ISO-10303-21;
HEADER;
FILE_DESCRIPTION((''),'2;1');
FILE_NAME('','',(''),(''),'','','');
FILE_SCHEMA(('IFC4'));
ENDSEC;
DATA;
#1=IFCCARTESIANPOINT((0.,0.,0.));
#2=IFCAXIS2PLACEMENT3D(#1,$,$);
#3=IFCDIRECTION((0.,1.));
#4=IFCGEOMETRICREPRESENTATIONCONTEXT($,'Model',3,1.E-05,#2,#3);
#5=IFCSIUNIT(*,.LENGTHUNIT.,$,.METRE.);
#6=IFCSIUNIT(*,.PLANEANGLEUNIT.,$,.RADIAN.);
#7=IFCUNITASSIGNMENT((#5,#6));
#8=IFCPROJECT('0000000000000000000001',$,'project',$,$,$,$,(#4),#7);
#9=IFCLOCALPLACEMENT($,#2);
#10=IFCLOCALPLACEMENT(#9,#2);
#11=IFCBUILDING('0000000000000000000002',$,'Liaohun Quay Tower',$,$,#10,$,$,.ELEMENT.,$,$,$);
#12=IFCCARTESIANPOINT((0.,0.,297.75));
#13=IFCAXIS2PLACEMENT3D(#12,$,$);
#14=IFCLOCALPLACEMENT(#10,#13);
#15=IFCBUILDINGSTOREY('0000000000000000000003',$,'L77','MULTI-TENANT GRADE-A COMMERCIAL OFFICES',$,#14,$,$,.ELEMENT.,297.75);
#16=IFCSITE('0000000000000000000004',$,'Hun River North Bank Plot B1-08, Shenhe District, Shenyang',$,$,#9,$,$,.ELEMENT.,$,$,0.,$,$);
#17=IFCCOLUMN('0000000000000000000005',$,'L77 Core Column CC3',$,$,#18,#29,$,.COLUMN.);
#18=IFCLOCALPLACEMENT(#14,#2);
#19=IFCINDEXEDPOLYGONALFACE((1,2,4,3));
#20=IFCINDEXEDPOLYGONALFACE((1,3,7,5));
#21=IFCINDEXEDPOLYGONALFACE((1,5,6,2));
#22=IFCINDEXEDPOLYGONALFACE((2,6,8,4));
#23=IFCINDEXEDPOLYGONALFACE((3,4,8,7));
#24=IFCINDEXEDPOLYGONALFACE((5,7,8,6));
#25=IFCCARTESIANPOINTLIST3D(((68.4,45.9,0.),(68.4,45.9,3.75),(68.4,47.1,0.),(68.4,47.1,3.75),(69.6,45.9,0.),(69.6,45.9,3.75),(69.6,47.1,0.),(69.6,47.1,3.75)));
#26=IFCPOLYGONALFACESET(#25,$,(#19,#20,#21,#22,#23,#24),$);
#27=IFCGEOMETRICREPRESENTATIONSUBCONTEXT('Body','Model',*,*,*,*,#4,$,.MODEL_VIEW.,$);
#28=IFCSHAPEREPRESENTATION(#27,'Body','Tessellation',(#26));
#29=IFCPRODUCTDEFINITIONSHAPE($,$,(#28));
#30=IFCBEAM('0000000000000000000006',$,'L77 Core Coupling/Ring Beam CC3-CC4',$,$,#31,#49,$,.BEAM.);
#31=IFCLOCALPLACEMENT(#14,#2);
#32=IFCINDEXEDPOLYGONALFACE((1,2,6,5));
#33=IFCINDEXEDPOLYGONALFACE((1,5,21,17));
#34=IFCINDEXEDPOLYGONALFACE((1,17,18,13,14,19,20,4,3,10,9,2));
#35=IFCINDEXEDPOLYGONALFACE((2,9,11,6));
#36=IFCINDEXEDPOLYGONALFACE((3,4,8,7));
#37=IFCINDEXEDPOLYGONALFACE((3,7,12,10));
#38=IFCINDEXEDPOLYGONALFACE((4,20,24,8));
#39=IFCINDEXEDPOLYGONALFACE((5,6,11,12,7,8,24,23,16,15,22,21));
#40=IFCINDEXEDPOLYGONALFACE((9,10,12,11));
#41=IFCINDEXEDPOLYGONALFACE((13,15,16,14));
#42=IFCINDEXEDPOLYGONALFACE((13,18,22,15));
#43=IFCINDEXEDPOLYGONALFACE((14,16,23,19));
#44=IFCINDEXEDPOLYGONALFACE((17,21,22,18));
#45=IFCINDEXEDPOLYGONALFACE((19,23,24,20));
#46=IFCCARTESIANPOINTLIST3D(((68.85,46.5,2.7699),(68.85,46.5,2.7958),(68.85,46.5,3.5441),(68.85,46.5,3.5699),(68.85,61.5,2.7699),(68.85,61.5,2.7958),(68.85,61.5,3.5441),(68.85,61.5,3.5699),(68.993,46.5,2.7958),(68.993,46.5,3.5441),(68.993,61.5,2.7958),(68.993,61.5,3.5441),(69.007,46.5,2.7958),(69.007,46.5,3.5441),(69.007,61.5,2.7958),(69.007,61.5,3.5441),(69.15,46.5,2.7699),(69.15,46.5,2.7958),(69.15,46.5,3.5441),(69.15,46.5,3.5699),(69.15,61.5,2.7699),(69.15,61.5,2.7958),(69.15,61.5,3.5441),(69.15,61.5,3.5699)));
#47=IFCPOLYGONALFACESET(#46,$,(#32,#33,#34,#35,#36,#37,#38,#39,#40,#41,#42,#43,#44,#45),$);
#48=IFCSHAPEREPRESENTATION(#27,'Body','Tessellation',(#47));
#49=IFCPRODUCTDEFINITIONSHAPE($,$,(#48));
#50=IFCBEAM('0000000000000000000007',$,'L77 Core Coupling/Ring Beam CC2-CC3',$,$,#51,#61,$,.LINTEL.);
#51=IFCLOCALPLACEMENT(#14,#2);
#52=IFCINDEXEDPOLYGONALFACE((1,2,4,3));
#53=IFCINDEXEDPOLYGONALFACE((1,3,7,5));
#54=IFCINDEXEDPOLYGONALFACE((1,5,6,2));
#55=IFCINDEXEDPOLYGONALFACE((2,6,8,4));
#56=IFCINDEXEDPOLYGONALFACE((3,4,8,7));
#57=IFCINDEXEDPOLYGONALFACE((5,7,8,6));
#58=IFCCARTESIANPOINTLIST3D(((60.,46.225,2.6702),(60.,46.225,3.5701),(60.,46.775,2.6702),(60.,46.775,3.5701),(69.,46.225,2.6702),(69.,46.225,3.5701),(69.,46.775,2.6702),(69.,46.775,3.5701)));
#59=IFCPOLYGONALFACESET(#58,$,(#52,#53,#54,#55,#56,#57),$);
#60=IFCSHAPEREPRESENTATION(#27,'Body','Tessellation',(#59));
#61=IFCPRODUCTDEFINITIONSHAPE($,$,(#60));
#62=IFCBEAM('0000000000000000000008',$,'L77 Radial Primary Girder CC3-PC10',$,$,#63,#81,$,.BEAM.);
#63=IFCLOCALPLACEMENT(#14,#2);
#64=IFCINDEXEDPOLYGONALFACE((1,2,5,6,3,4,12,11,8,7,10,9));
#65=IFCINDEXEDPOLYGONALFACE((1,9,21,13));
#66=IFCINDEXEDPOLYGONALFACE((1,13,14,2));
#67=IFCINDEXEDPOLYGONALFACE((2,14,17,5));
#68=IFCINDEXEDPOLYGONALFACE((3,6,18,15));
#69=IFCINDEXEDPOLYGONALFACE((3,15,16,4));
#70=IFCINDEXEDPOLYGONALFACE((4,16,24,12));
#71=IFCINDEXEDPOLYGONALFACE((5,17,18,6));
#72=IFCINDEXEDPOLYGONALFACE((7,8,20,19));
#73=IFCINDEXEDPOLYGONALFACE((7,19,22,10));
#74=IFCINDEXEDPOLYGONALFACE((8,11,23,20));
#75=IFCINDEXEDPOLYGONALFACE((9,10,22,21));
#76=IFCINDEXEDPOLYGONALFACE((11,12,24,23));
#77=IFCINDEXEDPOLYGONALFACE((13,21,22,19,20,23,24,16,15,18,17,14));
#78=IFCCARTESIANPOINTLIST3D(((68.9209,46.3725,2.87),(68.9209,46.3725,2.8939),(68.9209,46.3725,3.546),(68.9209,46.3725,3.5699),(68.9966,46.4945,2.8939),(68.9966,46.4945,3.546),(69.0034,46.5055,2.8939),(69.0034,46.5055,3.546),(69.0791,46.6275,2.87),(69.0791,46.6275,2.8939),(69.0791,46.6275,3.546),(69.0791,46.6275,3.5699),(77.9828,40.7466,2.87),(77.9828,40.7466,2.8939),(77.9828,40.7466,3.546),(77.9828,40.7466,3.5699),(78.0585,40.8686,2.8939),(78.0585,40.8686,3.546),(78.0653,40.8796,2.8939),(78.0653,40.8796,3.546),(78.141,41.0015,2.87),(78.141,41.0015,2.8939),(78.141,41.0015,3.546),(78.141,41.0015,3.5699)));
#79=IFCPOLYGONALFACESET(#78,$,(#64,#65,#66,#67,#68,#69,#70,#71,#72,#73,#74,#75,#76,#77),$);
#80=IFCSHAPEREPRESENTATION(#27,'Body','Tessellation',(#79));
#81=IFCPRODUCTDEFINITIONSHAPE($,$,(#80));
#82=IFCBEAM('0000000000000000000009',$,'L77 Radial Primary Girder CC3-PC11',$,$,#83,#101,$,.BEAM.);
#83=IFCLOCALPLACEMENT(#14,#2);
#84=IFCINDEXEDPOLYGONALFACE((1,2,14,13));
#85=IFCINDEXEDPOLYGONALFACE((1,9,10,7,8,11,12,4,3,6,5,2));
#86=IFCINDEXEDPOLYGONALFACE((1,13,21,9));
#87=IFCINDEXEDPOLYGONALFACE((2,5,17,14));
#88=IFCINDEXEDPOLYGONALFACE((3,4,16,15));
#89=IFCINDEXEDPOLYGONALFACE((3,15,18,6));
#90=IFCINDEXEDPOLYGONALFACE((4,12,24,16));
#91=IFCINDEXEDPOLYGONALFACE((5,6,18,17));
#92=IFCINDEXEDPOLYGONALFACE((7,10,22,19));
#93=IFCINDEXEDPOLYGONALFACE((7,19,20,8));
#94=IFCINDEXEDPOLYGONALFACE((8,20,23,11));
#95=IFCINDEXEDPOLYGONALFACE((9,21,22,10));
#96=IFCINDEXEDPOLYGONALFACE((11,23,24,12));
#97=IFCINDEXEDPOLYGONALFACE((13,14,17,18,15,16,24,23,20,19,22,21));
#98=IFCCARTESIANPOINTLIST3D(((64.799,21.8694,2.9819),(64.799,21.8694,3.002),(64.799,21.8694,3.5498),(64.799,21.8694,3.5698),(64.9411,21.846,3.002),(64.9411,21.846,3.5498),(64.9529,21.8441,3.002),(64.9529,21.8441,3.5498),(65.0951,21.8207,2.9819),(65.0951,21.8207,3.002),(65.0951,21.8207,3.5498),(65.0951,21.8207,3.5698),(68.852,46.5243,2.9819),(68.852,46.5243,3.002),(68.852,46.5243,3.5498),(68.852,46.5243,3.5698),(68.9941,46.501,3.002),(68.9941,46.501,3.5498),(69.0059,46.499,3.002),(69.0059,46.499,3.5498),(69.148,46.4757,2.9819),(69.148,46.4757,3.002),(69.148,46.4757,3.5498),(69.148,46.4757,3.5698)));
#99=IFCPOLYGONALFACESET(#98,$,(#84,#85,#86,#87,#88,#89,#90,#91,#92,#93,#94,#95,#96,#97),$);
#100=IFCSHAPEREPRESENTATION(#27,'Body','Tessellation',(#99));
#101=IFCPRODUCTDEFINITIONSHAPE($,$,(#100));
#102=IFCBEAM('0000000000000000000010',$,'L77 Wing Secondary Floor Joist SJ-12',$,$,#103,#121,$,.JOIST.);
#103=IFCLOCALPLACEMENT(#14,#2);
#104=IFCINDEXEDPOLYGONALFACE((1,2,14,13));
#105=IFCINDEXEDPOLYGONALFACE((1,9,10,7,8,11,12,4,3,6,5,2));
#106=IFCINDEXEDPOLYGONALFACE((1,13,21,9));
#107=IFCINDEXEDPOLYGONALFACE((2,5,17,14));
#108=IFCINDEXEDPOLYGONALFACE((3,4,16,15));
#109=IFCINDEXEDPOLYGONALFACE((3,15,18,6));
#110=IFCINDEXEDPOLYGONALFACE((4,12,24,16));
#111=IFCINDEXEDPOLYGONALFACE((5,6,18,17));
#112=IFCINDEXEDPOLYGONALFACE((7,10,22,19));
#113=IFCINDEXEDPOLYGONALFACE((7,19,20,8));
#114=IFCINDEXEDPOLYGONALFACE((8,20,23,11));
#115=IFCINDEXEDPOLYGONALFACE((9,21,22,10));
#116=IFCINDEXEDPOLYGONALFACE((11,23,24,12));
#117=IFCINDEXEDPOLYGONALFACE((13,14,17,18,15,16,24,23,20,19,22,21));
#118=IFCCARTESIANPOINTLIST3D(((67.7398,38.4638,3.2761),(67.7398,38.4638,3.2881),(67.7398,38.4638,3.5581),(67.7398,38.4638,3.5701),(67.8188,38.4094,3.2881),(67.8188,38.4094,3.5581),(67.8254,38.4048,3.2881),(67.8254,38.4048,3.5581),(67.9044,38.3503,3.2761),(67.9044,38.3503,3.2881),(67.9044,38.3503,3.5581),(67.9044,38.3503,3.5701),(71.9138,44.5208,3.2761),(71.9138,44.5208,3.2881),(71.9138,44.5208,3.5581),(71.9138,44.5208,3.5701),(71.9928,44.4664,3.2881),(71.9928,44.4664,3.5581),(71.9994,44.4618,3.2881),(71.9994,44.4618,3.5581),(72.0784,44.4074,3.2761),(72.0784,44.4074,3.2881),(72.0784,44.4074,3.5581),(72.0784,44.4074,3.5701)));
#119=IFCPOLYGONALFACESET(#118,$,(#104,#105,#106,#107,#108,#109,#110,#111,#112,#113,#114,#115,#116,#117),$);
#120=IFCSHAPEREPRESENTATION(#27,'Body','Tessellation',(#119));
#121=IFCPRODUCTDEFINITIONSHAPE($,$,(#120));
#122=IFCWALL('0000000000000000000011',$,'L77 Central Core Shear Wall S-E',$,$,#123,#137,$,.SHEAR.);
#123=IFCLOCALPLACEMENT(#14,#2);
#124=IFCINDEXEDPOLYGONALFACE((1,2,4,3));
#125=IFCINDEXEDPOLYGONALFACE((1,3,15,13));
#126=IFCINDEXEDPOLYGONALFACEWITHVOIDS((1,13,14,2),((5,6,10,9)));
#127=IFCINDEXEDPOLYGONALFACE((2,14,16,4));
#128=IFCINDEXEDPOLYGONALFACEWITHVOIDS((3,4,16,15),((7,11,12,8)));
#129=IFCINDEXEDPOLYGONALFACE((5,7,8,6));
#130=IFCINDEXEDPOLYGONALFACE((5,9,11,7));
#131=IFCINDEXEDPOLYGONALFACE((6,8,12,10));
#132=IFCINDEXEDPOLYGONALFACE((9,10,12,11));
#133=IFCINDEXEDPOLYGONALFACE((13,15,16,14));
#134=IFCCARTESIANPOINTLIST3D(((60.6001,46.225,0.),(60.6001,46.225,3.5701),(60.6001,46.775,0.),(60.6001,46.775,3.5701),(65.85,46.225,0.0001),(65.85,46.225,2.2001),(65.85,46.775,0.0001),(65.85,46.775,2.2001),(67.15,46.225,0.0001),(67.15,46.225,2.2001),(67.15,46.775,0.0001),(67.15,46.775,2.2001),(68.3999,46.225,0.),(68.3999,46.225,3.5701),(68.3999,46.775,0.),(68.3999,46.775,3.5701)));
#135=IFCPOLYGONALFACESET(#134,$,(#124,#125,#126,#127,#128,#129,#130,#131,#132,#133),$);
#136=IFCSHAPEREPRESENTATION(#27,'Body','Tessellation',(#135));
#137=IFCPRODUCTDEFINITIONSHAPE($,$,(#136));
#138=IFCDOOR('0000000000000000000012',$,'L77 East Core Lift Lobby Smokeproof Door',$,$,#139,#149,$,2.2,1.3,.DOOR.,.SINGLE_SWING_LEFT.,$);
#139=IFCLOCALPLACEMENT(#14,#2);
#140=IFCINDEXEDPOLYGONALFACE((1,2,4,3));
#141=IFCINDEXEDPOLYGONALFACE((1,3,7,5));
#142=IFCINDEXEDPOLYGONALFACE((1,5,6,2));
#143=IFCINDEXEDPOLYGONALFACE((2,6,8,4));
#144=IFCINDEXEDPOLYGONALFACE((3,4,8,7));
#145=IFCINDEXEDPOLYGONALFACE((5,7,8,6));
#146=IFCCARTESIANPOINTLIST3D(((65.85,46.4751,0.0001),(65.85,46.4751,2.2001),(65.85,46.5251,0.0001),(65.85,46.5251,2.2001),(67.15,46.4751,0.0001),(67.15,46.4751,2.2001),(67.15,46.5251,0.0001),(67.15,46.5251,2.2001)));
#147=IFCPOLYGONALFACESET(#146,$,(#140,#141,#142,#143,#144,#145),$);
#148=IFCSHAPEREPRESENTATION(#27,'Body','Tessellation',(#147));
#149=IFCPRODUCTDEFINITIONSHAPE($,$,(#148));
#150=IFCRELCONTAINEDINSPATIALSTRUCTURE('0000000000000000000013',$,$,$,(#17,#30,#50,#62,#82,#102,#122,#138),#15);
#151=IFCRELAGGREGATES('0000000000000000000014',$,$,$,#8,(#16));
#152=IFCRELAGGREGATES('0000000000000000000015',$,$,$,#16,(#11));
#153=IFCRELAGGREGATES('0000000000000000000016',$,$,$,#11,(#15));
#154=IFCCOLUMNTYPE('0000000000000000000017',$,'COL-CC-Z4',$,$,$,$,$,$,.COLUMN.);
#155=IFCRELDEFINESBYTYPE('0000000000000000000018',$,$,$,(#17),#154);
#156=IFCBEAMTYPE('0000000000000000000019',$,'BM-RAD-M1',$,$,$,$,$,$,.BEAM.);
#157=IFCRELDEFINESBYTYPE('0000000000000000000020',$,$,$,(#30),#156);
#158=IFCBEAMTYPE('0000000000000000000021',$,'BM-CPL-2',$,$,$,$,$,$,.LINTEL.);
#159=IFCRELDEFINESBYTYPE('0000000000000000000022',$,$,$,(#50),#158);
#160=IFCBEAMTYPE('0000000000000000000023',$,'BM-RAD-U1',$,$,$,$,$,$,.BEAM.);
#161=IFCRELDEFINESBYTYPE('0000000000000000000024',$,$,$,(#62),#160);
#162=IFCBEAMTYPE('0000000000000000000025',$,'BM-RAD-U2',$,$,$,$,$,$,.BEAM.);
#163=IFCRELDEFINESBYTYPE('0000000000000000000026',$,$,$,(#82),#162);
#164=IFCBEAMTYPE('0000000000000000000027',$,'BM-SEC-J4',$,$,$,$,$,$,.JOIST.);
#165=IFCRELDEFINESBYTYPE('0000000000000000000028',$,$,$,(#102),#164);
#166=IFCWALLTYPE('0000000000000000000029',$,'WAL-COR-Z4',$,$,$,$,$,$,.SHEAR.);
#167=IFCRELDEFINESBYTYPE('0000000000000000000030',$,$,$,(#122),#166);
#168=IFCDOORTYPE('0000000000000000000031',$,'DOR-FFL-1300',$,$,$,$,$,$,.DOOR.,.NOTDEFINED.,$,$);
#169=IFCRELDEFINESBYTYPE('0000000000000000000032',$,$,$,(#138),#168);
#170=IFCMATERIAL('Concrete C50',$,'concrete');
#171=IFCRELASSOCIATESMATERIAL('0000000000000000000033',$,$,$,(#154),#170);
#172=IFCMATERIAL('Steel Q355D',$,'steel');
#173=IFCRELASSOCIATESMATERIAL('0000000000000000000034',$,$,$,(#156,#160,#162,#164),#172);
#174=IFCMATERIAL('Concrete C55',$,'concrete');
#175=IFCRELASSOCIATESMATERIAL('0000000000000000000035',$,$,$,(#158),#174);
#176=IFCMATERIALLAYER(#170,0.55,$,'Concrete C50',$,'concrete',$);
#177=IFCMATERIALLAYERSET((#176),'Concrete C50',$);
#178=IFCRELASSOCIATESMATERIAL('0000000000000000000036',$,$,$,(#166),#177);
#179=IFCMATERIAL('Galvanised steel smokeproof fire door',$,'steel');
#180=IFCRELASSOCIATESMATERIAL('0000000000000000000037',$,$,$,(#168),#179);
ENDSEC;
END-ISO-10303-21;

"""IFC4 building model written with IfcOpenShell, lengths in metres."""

from ifc_helpers import new_model, si_unit, direction, frame, frame_2d, origin, origin_2d, place, context, subcontext, project, spatial, rectangle, i_section, extrude, source, transform, mapped, material, layer, layer_set, material_profile, profile_set, type_object, element, fill, save


model = new_model("IFC4")

# Units and contexts
model_context = context("Model", 3, precision=1e-05, world=origin(), true_north=direction((0.0, 1.0)))
body_context = subcontext(model_context, "Body", "Model", "MODEL_VIEW")
ifc_project = project(units=[si_unit("LENGTHUNIT", "METRE"), si_unit("PLANEANGLEUNIT", "RADIAN")], contexts=[model_context])

# Site, building, storey
site_placement = place(None, origin())
site = spatial("IfcSite", under=ifc_project, at=site_placement, Name="Hun River North Bank Plot B1-08, Shenhe District, Shenyang", CompositionType="ELEMENT", RefElevation=0.0)
building_placement = place(site_placement, origin())
building = spatial("IfcBuilding", under=site, at=building_placement, Name="Liaohun Quay Tower", CompositionType="ELEMENT")
storey_placement = place(building_placement, frame((0.0, 0.0, 297.75)))
storey = spatial("IfcBuildingStorey", under=building, at=storey_placement, Name="L77", Description="MULTI-TENANT GRADE-A COMMERCIAL OFFICES", CompositionType="ELEMENT", Elevation=297.75)

# Column
ifc_material_1 = material(Name="Concrete C50", Category="concrete")
ifc_material_profile_1 = material_profile(ifc_material_1, rectangle(XDim=1.2, YDim=1.2, at=origin_2d()), Name="RC1200x1200")
ifc_profile_set_1 = profile_set([ifc_material_profile_1], Name="Concrete C50")
column_type = type_object("IfcColumnType", Name="COL-CC-Z4", PredefinedType="COLUMN", material=ifc_profile_set_1)
shared_shape_1 = source(origin(), body_context, "Body", "SweptSolid", [
    extrude(rectangle(XDim=1.2, YDim=1.2, at=origin_2d()), origin(), (0.0, 0.0, 1.0), 3.75),
])
column_placement = place(storey_placement, frame((69.0, 46.5, 0.0), z_axis=(0.0, 0.0, 1.0), x_axis=(1.0, 0.0, 0.0)))
element("IfcColumn", 1, at=column_placement, inside=storey, type_object=column_type, Name="L77 Core Column CC3", PredefinedType="COLUMN", context=body_context, shape_type="MappedRepresentation", body=[
    mapped(shared_shape_1, transform((0.0, 0.0, 0.0), x_axis=(1.0, 0.0, 0.0), y_axis=(0.0, 1.0, 0.0), z_axis=(0.0, 0.0, 1.0), scale=1.0)),
])

# Beams
ifc_material_2 = material(Name="Steel Q355D", Category="steel")
ifc_material_profile_2 = material_profile(ifc_material_2, i_section(OverallWidth=0.3, OverallDepth=0.8, WebThickness=0.0139, FlangeThickness=0.0259, at=origin_2d()), Name="HN800x300x14x26")
ifc_profile_set_2 = profile_set([ifc_material_profile_2], Name="Steel Q355D")
beam_type_1 = type_object("IfcBeamType", Name="BM-RAD-M1", PredefinedType="BEAM", material=ifc_profile_set_2)
shared_shape_2 = source(origin(), body_context, "Body", "SweptSolid", [
    extrude(i_section(OverallWidth=0.3, OverallDepth=0.8, WebThickness=0.0139, FlangeThickness=0.0259, at=origin_2d()), origin(), (0.0, 0.0, 1.0), 15.0),
])
beam_1_placement = place(storey_placement, frame((69.0, 46.5, 3.1699), z_axis=(0.0, 1.0, 0.0), x_axis=(-1.0, 0.0, 0.0)))
element("IfcBeam", 2, at=beam_1_placement, inside=storey, type_object=beam_type_1, Name="L77 Core Coupling/Ring Beam CC3-CC4", PredefinedType="BEAM", context=body_context, shape_type="MappedRepresentation", body=[
    mapped(shared_shape_2, transform((0.0, 0.0, 0.0), x_axis=(1.0, 0.0, 0.0), y_axis=(0.0, 1.0, 0.0), z_axis=(0.0, 0.0, 1.0), scale=1.0)),
])
ifc_material_3 = material(Name="Concrete C55", Category="concrete")
ifc_material_profile_3 = material_profile(ifc_material_3, rectangle(XDim=0.55, YDim=0.8999, at=origin_2d()), Name="RC550x900")
ifc_profile_set_3 = profile_set([ifc_material_profile_3], Name="Concrete C55")
beam_type_2 = type_object("IfcBeamType", Name="BM-CPL-2", PredefinedType="LINTEL", material=ifc_profile_set_3)
shared_shape_3 = source(origin(), body_context, "Body", "SweptSolid", [
    extrude(rectangle(XDim=0.55, YDim=0.8999, at=origin_2d()), origin(), (0.0, 0.0, 1.0), 9.0),
])
beam_2_placement = place(storey_placement, frame((60.0, 46.5, 3.1201), z_axis=(1.0, 0.0, 0.0), x_axis=(0.0, 1.0, 0.0)))
element("IfcBeam", 3, at=beam_2_placement, inside=storey, type_object=beam_type_2, Name="L77 Core Coupling/Ring Beam CC2-CC3", PredefinedType="LINTEL", context=body_context, shape_type="MappedRepresentation", body=[
    mapped(shared_shape_3, transform((0.0, 0.0, 0.0), x_axis=(1.0, 0.0, 0.0), y_axis=(0.0, 1.0, 0.0), z_axis=(0.0, 0.0, 1.0), scale=1.0)),
])
ifc_material_profile_4 = material_profile(ifc_material_2, i_section(OverallWidth=0.3, OverallDepth=0.7, WebThickness=0.0129, FlangeThickness=0.0239, at=origin_2d()), Name="HN700x300x13x24")
ifc_profile_set_4 = profile_set([ifc_material_profile_4], Name="Steel Q355D")
beam_type_3 = type_object("IfcBeamType", Name="BM-RAD-U1", PredefinedType="BEAM", material=ifc_profile_set_4)
shared_shape_4 = source(origin(), body_context, "Body", "SweptSolid", [
    extrude(i_section(OverallWidth=0.3, OverallDepth=0.7, WebThickness=0.0129, FlangeThickness=0.0239, at=origin_2d()), origin(), (0.0, 0.0, 1.0), 10.6663),
])
beam_3_placement = place(storey_placement, frame((69.0, 46.5, 3.22), z_axis=(0.849586, -0.527449, 0.0), x_axis=(0.527449, 0.849586, 0.0)))
element("IfcBeam", 4, at=beam_3_placement, inside=storey, type_object=beam_type_3, Name="L77 Radial Primary Girder CC3-PC10", PredefinedType="BEAM", context=body_context, shape_type="MappedRepresentation", body=[
    mapped(shared_shape_4, transform((0.0, 0.0, 0.0), x_axis=(1.0, 0.0, 0.0), y_axis=(0.0, 1.0, 0.0), z_axis=(0.0, 0.0, 1.0), scale=1.0)),
])
ifc_material_profile_5 = material_profile(ifc_material_2, i_section(OverallWidth=0.3, OverallDepth=0.5879, WebThickness=0.012, FlangeThickness=0.02, at=origin_2d()), Name="HM588x300x12x20")
ifc_profile_set_5 = profile_set([ifc_material_profile_5], Name="Steel Q355D")
beam_type_4 = type_object("IfcBeamType", Name="BM-RAD-U2", PredefinedType="BEAM", material=ifc_profile_set_5)
shared_shape_5 = source(origin(), body_context, "Body", "SweptSolid", [
    extrude(i_section(OverallWidth=0.3, OverallDepth=0.5879, WebThickness=0.012, FlangeThickness=0.02, at=origin_2d()), origin(), (0.0, 0.0, 1.0), 24.9858),
])
beam_4_placement = place(storey_placement, frame((69.0, 46.5, 3.2759), z_axis=(-0.16221, -0.986756, 0.0), x_axis=(0.986756, -0.16221, 0.0)))
element("IfcBeam", 5, at=beam_4_placement, inside=storey, type_object=beam_type_4, Name="L77 Radial Primary Girder CC3-PC11", PredefinedType="BEAM", context=body_context, shape_type="MappedRepresentation", body=[
    mapped(shared_shape_5, transform((0.0, 0.0, 0.0), x_axis=(1.0, 0.0, 0.0), y_axis=(0.0, 1.0, 0.0), z_axis=(0.0, 0.0, 1.0), scale=1.0)),
])
ifc_material_profile_6 = material_profile(ifc_material_2, i_section(OverallWidth=0.2, OverallDepth=0.2939, WebThickness=0.0081, FlangeThickness=0.012, at=origin_2d()), Name="HM294x200x8x12")
ifc_profile_set_6 = profile_set([ifc_material_profile_6], Name="Steel Q355D")
beam_type_5 = type_object("IfcBeamType", Name="BM-SEC-J4", PredefinedType="JOIST", material=ifc_profile_set_6)
shared_shape_6 = source(origin(), body_context, "Body", "SweptSolid", [
    extrude(i_section(OverallWidth=0.2, OverallDepth=0.2939, WebThickness=0.0081, FlangeThickness=0.012, at=origin_2d()), origin(), (0.0, 0.0, 1.0), 7.356),
])
beam_5_placement = place(storey_placement, frame((71.9961, 44.4641, 3.4231), z_axis=(-0.567433, -0.82342, 0.0), x_axis=(0.82342, -0.567433, 0.0)))
element("IfcBeam", 6, at=beam_5_placement, inside=storey, type_object=beam_type_5, Name="L77 Wing Secondary Floor Joist SJ-12", PredefinedType="JOIST", context=body_context, shape_type="MappedRepresentation", body=[
    mapped(shared_shape_6, transform((0.0, 0.0, 0.0), x_axis=(1.0, 0.0, 0.0), y_axis=(0.0, 1.0, 0.0), z_axis=(0.0, 0.0, 1.0), scale=1.0)),
])

# Wall, opening, door
ifc_layer_1 = layer(ifc_material_1, 0.55, Name="Concrete C50", Category="concrete")
ifc_layer_set_1 = layer_set([ifc_layer_1], Name="Concrete C50")
wall_type_1 = type_object("IfcWallType", Name="WAL-COR-Z4", PredefinedType="SHEAR", material=ifc_layer_set_1)
wall_1_placement = place(storey_placement, frame((68.3999, 46.5, 0.0), z_axis=(0.0, 0.0, 1.0), x_axis=(-1.0, 0.0, 0.0)))
wall_1 = element("IfcWall", 7, at=wall_1_placement, inside=storey, type_object=wall_type_1, Name="L77 Central Core Shear Wall S-E", PredefinedType="SHEAR", context=body_context, shape_type="SweptSolid", body=[
    extrude(rectangle(XDim=7.7998, YDim=0.55, at=frame_2d((3.8999, 0.0))), origin(), (0.0, 0.0, 1.0), 3.5701),
])
shared_shape_7 = source(origin(), body_context, "Body", "SweptSolid", [
    extrude(rectangle(XDim=1.3, YDim=2.2, at=frame_2d((0.6499, 1.1001))), frame((0.0, 0.2849, 0.0), z_axis=(0.0, -1.0, 0.0), x_axis=(1.0, 0.0, 0.0)), (0.0, 0.0, 1.0), 0.5701),
])
opening_1_placement = place(wall_1_placement, frame((1.25, 0.0, 0.0)))
opening_1 = element("IfcOpeningElement", 8, at=opening_1_placement, cuts=wall_1, PredefinedType="OPENING", context=body_context, shape_type="MappedRepresentation", body=[
    mapped(shared_shape_7, transform((0.0, 0.0, 0.0), x_axis=(1.0, 0.0, 0.0), y_axis=(0.0, 1.0, 0.0), z_axis=(0.0, 0.0, 1.0), scale=1.0)),
])
ifc_material_4 = material(Name="Galvanised steel smokeproof fire door", Category="steel")
door_type_1 = type_object("IfcDoorType", Name="DOR-FFL-1300", OperationType="NOTDEFINED", PredefinedType="DOOR", material=ifc_material_4)
shared_shape_8 = source(origin(), body_context, "Body", "SweptSolid", [
    extrude(rectangle(XDim=1.3, YDim=2.2, at=frame_2d((0.6499, 1.1001))), frame((0.0, 0.0249, 0.0), z_axis=(0.0, -1.0, 0.0), x_axis=(1.0, 0.0, 0.0)), (0.0, 0.0, 1.0), 0.05),
])
door_1_placement = place(opening_1_placement, origin())
door_1 = element("IfcDoor", 9, at=door_1_placement, inside=storey, type_object=door_type_1, Name="L77 East Core Lift Lobby Smokeproof Door", OperationType="SINGLE_SWING_LEFT", OverallHeight=2.2, OverallWidth=1.3, PredefinedType="DOOR", context=body_context, shape_type="MappedRepresentation", body=[
    mapped(shared_shape_8, transform((0.0, 0.0, 0.0), x_axis=(1.0, 0.0, 0.0), y_axis=(0.0, 1.0, 0.0), z_axis=(0.0, 0.0, 1.0), scale=1.0)),
])
fill(opening_1, door_1)

save(model, "model.ifc")
